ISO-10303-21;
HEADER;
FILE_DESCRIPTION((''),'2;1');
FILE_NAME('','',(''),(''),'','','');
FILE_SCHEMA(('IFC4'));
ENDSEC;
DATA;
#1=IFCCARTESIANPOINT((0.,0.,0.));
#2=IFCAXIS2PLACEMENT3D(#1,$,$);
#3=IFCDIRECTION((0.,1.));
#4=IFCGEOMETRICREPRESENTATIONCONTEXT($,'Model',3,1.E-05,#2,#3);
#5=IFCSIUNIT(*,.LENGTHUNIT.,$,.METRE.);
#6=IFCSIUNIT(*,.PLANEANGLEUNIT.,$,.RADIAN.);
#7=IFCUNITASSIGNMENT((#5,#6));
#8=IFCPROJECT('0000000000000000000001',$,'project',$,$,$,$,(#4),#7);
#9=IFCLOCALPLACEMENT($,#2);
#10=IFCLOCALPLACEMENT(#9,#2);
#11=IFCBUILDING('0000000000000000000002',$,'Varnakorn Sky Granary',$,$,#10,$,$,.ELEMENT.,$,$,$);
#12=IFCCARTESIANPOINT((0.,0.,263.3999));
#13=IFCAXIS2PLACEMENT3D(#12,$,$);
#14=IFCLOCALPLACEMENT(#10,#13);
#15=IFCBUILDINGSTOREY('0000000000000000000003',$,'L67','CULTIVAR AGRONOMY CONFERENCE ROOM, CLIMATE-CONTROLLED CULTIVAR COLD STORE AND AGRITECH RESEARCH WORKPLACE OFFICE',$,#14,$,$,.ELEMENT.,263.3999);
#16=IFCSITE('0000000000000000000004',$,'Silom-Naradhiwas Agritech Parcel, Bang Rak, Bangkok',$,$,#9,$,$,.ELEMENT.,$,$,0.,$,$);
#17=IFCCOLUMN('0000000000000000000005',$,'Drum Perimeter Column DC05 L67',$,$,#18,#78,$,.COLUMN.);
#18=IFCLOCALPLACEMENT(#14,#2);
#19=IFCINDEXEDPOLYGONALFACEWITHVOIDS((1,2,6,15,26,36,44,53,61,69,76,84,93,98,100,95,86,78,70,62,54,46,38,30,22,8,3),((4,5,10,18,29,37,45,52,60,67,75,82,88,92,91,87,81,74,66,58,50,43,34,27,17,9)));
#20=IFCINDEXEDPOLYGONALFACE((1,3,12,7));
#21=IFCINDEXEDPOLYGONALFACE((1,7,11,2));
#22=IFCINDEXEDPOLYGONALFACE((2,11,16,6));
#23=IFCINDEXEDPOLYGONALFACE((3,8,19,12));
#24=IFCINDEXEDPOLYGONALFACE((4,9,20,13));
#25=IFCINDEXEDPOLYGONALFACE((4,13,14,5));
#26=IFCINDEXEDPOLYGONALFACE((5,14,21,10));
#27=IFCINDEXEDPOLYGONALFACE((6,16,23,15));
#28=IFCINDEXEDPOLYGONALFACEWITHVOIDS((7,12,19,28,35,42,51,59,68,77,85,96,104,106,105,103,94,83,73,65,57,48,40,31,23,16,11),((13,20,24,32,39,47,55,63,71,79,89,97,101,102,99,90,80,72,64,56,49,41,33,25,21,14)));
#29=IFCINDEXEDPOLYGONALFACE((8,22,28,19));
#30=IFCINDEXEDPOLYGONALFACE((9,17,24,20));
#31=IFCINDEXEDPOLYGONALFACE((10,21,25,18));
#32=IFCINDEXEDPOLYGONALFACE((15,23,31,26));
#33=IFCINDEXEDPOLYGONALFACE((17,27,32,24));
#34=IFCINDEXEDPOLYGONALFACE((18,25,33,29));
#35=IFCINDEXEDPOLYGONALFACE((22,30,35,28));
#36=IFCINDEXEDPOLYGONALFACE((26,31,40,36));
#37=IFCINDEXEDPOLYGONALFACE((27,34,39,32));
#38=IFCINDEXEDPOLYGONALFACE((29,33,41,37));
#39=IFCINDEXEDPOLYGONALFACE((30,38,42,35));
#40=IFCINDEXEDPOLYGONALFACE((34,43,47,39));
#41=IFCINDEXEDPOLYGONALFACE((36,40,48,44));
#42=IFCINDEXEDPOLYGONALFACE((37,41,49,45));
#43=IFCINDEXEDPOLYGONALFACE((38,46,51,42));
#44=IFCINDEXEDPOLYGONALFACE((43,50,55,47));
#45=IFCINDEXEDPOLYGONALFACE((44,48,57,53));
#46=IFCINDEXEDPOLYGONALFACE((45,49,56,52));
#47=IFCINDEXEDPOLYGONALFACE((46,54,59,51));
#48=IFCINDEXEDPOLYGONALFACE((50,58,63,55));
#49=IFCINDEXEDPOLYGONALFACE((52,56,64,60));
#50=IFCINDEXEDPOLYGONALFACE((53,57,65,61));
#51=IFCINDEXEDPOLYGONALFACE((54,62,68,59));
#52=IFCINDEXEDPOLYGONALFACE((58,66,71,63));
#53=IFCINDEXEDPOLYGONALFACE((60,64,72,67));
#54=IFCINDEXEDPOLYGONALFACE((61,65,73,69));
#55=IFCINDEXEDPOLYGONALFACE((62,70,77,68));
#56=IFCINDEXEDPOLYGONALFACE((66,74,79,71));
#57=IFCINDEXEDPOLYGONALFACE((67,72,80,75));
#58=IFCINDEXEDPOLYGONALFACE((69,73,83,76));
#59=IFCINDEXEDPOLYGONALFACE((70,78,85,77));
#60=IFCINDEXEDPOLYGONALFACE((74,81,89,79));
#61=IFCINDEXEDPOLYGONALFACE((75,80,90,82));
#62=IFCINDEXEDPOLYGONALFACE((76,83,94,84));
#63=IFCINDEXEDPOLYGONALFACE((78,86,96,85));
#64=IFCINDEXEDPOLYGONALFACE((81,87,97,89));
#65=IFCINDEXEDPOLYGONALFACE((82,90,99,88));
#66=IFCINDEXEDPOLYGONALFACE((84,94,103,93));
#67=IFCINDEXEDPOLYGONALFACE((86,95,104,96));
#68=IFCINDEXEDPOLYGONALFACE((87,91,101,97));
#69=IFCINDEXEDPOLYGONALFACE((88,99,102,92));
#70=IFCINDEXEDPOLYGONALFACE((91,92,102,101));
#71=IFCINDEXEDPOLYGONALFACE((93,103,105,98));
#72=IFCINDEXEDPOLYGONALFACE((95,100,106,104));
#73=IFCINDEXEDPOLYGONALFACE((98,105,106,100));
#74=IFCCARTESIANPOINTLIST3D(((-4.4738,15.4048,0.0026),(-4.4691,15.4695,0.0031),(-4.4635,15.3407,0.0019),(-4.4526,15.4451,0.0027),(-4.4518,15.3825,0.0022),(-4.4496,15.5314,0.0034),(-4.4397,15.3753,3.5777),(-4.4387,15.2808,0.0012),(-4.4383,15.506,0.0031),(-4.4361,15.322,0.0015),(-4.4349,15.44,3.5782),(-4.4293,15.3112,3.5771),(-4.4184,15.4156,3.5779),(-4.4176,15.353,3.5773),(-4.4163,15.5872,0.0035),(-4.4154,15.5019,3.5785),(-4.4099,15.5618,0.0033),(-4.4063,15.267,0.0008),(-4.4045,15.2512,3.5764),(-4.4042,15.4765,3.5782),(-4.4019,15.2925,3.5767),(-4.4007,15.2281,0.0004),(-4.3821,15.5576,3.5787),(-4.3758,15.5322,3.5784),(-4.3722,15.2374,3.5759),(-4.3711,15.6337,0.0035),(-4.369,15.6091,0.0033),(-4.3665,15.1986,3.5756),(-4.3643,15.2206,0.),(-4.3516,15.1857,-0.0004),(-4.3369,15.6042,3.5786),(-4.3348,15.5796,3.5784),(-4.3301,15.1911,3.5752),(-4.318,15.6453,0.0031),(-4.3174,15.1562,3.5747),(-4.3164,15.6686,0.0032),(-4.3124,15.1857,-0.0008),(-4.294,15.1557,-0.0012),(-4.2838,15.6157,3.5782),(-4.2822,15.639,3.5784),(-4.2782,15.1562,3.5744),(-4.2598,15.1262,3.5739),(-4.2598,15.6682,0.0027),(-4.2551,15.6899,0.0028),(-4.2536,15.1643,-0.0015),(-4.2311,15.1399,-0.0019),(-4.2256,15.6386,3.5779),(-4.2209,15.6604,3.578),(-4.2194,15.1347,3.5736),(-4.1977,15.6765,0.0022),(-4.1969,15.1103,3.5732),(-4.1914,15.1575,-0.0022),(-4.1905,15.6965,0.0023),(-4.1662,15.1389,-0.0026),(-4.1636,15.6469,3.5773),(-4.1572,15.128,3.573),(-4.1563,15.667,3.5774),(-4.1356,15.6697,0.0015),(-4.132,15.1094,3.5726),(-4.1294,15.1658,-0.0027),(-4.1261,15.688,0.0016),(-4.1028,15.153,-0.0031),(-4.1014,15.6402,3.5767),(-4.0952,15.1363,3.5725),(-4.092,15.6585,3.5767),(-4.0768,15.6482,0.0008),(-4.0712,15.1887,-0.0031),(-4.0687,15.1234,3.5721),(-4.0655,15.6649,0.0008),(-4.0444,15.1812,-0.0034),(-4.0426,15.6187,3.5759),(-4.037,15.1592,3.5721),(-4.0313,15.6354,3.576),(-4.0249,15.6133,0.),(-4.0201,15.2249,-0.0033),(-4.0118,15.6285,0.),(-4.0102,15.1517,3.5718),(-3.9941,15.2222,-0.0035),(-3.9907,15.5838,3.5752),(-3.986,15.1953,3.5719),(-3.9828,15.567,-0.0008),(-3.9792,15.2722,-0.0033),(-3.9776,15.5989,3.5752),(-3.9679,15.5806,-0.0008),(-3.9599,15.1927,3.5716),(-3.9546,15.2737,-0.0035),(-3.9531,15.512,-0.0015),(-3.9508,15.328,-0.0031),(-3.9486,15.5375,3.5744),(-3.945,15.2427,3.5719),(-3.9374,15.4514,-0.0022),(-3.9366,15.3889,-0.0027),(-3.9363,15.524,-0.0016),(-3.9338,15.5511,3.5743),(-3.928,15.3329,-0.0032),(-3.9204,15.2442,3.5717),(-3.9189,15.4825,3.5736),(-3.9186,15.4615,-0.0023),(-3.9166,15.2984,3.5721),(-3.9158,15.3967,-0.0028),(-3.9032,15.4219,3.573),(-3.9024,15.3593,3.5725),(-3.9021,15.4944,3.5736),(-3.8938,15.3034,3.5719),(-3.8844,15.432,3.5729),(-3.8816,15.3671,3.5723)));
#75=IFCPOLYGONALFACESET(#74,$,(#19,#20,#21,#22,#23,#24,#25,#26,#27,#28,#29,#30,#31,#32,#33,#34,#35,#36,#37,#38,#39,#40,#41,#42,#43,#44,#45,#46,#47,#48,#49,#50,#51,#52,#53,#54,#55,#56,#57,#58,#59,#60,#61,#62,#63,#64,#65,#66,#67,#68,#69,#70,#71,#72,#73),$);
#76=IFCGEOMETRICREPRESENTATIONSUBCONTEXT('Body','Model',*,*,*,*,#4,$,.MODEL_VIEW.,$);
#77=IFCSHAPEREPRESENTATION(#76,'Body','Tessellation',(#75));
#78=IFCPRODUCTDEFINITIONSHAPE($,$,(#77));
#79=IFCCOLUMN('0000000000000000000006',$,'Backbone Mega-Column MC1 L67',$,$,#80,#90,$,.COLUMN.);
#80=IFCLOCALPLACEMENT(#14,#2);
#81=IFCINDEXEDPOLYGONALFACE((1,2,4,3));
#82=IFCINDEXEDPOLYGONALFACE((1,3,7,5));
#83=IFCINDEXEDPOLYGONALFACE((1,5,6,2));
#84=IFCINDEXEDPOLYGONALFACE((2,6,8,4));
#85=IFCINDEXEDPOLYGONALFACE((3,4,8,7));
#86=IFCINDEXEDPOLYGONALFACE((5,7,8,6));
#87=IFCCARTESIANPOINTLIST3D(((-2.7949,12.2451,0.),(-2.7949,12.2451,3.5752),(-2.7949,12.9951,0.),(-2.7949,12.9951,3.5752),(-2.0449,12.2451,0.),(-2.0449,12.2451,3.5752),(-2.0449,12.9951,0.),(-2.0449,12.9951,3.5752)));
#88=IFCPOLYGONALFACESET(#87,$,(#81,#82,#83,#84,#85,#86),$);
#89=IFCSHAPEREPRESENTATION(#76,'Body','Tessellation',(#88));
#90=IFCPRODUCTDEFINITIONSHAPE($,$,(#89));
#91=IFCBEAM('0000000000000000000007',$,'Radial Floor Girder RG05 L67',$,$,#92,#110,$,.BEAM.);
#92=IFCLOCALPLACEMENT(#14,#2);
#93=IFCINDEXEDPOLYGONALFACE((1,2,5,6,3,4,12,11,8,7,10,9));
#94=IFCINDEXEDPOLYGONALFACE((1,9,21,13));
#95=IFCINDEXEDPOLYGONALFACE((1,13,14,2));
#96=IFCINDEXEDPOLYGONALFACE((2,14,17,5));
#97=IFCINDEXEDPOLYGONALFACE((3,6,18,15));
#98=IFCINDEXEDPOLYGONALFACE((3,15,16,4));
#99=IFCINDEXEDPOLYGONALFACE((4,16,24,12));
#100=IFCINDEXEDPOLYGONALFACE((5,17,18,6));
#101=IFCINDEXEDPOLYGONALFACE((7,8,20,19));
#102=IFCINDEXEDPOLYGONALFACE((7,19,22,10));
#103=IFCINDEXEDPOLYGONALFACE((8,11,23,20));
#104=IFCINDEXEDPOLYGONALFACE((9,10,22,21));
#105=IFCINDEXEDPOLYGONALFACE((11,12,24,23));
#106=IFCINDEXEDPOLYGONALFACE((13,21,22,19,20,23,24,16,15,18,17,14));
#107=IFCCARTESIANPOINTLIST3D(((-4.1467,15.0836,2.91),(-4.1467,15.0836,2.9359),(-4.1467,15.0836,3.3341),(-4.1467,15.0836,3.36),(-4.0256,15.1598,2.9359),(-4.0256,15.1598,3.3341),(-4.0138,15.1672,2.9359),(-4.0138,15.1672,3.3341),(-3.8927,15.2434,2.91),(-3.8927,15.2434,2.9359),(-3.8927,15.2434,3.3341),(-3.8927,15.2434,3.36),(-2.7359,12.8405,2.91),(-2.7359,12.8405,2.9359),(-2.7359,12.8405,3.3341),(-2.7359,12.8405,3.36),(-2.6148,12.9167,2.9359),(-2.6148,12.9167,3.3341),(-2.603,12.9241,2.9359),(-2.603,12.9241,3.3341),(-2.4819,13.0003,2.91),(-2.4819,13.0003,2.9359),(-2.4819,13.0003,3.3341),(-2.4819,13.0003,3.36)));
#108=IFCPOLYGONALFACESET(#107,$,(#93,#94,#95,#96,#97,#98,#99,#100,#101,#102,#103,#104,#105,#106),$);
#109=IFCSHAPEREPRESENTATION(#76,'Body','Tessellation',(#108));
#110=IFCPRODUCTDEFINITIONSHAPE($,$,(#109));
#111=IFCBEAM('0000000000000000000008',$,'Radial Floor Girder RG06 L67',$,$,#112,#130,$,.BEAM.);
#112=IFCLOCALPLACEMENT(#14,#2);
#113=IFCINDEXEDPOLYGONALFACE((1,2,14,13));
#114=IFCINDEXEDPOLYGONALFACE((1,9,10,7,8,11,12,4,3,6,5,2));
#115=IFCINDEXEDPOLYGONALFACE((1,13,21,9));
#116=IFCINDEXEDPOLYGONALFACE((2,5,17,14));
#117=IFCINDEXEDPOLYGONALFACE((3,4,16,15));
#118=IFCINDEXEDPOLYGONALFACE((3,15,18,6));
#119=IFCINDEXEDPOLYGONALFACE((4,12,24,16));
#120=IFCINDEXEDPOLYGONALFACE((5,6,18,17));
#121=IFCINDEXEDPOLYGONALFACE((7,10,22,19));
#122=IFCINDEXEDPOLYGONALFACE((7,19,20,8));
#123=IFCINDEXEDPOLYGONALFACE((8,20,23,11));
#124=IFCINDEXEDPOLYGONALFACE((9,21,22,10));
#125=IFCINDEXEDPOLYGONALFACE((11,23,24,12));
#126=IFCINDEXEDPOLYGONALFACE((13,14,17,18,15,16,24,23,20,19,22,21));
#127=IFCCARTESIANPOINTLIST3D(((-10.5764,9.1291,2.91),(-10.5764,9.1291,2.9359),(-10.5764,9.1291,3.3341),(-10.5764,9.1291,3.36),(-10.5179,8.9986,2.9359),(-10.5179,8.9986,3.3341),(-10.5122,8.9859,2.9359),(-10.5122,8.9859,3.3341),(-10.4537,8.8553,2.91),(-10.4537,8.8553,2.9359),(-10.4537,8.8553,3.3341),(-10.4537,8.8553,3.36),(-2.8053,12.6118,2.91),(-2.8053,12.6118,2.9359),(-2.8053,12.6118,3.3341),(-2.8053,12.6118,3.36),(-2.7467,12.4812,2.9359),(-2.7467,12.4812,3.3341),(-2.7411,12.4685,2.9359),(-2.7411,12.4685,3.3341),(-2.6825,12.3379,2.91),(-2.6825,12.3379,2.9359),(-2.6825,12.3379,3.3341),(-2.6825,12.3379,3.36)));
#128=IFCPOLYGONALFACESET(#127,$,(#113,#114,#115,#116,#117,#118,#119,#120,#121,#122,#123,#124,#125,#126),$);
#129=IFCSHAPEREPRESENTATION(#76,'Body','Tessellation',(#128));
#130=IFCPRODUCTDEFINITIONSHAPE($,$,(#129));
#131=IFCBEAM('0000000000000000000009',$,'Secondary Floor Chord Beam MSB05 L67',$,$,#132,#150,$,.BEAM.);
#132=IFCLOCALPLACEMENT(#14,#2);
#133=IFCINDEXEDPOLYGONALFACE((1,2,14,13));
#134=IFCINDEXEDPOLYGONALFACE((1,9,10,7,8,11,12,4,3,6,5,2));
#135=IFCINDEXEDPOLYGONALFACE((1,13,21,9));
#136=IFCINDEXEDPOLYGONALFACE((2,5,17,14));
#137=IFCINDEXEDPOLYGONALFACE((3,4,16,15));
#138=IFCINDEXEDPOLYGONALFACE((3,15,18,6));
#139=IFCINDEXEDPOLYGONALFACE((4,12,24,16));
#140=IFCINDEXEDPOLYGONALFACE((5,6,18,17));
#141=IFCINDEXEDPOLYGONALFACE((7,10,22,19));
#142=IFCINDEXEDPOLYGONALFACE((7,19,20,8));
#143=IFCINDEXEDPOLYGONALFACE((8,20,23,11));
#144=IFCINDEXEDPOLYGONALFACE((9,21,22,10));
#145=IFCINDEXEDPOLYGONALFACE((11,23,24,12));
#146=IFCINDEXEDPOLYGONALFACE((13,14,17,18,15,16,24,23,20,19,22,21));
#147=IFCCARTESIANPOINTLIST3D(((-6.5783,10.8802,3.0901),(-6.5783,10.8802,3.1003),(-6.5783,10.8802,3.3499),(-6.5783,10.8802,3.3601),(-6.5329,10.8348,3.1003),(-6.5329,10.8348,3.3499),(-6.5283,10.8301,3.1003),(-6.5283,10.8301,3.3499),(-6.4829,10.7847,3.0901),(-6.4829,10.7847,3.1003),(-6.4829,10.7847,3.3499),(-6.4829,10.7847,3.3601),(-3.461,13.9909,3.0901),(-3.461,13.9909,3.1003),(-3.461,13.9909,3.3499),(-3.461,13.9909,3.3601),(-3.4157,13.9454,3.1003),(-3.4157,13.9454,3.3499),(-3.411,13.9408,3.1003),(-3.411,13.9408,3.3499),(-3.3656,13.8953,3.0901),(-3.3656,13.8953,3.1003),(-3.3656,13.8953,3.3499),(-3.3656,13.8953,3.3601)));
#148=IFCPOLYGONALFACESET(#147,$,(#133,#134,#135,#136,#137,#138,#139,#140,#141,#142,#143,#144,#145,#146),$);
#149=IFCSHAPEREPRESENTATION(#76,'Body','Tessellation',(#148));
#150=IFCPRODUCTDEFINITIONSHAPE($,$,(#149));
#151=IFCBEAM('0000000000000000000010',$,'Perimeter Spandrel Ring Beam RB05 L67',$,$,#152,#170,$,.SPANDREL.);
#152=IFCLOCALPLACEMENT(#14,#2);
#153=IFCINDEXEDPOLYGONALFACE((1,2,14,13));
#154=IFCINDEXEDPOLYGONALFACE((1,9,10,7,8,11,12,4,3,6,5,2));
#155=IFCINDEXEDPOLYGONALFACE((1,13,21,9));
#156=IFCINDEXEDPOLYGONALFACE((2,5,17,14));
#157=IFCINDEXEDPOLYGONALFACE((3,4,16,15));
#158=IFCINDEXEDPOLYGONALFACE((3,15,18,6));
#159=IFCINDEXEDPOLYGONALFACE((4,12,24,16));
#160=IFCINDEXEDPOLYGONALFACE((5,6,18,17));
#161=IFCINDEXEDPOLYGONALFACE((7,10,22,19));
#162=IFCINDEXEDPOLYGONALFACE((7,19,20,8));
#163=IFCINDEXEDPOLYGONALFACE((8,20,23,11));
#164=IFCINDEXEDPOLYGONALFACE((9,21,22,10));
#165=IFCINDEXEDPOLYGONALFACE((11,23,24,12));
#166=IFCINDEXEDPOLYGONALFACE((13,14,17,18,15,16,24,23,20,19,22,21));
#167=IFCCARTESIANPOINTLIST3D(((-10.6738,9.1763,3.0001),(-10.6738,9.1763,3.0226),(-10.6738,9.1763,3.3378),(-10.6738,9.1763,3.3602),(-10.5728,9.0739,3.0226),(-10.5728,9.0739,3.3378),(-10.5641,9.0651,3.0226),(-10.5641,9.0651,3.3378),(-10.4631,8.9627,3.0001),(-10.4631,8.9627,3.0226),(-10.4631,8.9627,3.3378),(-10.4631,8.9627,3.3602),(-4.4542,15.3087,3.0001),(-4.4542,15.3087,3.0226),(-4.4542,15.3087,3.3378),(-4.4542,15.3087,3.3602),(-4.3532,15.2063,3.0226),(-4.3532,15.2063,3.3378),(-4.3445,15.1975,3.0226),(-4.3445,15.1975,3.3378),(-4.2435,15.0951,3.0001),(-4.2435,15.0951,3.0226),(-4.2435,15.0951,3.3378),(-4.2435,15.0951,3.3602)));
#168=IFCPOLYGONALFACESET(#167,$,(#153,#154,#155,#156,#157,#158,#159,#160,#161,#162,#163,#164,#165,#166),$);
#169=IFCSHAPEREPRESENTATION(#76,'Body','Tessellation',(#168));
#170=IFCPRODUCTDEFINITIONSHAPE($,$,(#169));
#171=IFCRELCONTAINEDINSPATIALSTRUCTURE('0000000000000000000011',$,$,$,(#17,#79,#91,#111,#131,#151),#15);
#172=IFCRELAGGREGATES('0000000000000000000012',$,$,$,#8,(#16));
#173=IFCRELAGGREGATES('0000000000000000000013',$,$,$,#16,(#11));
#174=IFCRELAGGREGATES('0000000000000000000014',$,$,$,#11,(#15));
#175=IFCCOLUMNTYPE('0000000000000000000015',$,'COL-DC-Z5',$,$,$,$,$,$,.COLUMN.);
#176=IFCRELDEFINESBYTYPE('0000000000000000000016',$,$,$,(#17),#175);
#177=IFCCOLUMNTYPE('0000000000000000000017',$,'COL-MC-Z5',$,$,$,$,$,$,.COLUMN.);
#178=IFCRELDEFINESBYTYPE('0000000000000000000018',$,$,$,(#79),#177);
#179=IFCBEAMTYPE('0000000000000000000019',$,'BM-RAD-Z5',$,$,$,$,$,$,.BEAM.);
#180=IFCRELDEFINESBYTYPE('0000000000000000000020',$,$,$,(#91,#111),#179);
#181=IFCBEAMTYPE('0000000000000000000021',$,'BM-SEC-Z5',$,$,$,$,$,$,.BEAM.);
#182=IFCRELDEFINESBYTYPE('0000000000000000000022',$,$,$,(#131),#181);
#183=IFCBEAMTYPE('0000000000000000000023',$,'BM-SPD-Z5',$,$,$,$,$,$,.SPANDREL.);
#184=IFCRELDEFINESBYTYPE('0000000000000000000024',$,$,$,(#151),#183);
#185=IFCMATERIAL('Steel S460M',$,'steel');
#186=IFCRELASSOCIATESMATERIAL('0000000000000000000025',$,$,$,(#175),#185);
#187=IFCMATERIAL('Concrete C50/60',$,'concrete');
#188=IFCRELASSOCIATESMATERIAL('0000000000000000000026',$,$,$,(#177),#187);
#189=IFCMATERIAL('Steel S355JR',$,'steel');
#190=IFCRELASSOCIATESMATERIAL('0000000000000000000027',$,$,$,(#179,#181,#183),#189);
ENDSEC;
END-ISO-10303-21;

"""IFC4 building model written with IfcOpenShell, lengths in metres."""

from ifc_helpers import new_model, si_unit, direction, frame, origin, origin_2d, place, context, subcontext, project, spatial, rectangle, hollow_circle, i_section, extrude, material, material_profile, profile_set, type_object, element, save


model = new_model("IFC4")

# Units and contexts
model_context = context("Model", 3, precision=1e-05, world=origin(), true_north=direction((0.0, 1.0)))
body_context = subcontext(model_context, "Body", "Model", "MODEL_VIEW")
ifc_project = project(units=[si_unit("LENGTHUNIT", "METRE"), si_unit("PLANEANGLEUNIT", "RADIAN")], contexts=[model_context])

# Site, building, storey
site_placement = place(None, origin())
site = spatial("IfcSite", under=ifc_project, at=site_placement, Name="Silom-Naradhiwas Agritech Parcel, Bang Rak, Bangkok", CompositionType="ELEMENT", RefElevation=0.0)
building_placement = place(site_placement, origin())
building = spatial("IfcBuilding", under=site, at=building_placement, Name="Varnakorn Sky Granary", CompositionType="ELEMENT")
storey_placement = place(building_placement, frame((0.0, 0.0, 263.3999)))
storey = spatial("IfcBuildingStorey", under=building, at=storey_placement, Name="L67", Description="CULTIVAR AGRONOMY CONFERENCE ROOM, CLIMATE-CONTROLLED CULTIVAR COLD STORE AND AGRITECH RESEARCH WORKPLACE OFFICE", CompositionType="ELEMENT", Elevation=263.3999)

# Columns
ifc_material_1 = material(Name="Steel S460M", Category="steel")
ifc_material_profile_1 = material_profile(ifc_material_1, hollow_circle(Radius=0.2795, WallThickness=0.02, at=origin_2d()), Name="CHS 559x20")
ifc_profile_set_1 = profile_set([ifc_material_profile_1], Name="Steel S460M")
column_type_1 = type_object("IfcColumnType", Name="COL-DC-Z5", PredefinedType="COLUMN", material=ifc_profile_set_1)
column_1_placement = place(storey_placement, frame((-4.1946, 15.417, 0.0), z_axis=(0.009559, -0.008262, 0.99992), x_axis=(0.653901, 0.75658, 0.0)))
element("IfcColumn", 1, at=column_1_placement, inside=storey, type_object=column_type_1, Name="Drum Perimeter Column DC05 L67", PredefinedType="COLUMN", context=body_context, shape_type="SweptSolid", body=[
    extrude(hollow_circle(Radius=0.2795, WallThickness=0.02, at=origin_2d()), origin(), (0.0, 0.0, 1.0), 3.5754),
])
ifc_material_2 = material(Name="Concrete C50/60", Category="concrete")
ifc_material_profile_2 = material_profile(ifc_material_2, rectangle(XDim=0.75, YDim=0.75, at=origin_2d()), Name="RC 750x750")
ifc_profile_set_2 = profile_set([ifc_material_profile_2], Name="Concrete C50/60")
column_type_2 = type_object("IfcColumnType", Name="COL-MC-Z5", PredefinedType="COLUMN", material=ifc_profile_set_2)
column_2_placement = place(storey_placement, frame((-2.4199, 12.6201, 0.0), z_axis=(0.0, 0.0, 1.0), x_axis=(1.0, 0.0, 0.0)))
element("IfcColumn", 2, at=column_2_placement, inside=storey, type_object=column_type_2, Name="Backbone Mega-Column MC1 L67", PredefinedType="COLUMN", context=body_context, shape_type="SweptSolid", body=[
    extrude(rectangle(XDim=0.75, YDim=0.75, at=origin_2d()), origin(), (0.0, 0.0, 1.0), 3.5752),
])

# Beams
ifc_material_3 = material(Name="Steel S355JR", Category="steel")
ifc_material_profile_3 = material_profile(ifc_material_3, i_section(OverallWidth=0.3, OverallDepth=0.45, WebThickness=0.0139, FlangeThickness=0.0259, at=origin_2d()), Name="HE 450 B")
ifc_profile_set_3 = profile_set([ifc_material_profile_3], Name="Steel S355JR")
beam_type_1 = type_object("IfcBeamType", Name="BM-RAD-Z5", PredefinedType="BEAM", material=ifc_profile_set_3)
beam_1_placement = place(storey_placement, frame((-2.6089, 12.9204, 3.135), z_axis=(-0.532415, 0.846484, 0.0), x_axis=(-0.846484, -0.532415, 0.0)))
element("IfcBeam", 3, at=beam_1_placement, inside=storey, type_object=beam_type_1, Name="Radial Floor Girder RG05 L67", PredefinedType="BEAM", context=body_context, shape_type="SweptSolid", body=[
    extrude(i_section(OverallWidth=0.3, OverallDepth=0.45, WebThickness=0.0139, FlangeThickness=0.0259, at=origin_2d()), origin(), (0.0, 0.0, 1.0), 2.6499),
])
beam_2_placement = place(storey_placement, frame((-2.7439, 12.4749, 3.135), z_axis=(-0.912553, -0.408959, 0.0), x_axis=(0.408959, -0.912553, 0.0)))
element("IfcBeam", 4, at=beam_2_placement, inside=storey, type_object=beam_type_1, Name="Radial Floor Girder RG06 L67", PredefinedType="BEAM", context=body_context, shape_type="SweptSolid", body=[
    extrude(i_section(OverallWidth=0.3, OverallDepth=0.45, WebThickness=0.0139, FlangeThickness=0.0259, at=origin_2d()), origin(), (0.0, 0.0, 1.0), 8.5159),
])
ifc_material_profile_4 = material_profile(ifc_material_3, i_section(OverallWidth=0.135, OverallDepth=0.27, WebThickness=0.0066, FlangeThickness=0.0103, at=origin_2d()), Name="IPE 270")
ifc_profile_set_4 = profile_set([ifc_material_profile_4], Name="Steel S355JR")
beam_type_2 = type_object("IfcBeamType", Name="BM-SEC-Z5", PredefinedType="BEAM", material=ifc_profile_set_4)
beam_3_placement = place(storey_placement, frame((-3.4133, 13.9431, 3.2251), z_axis=(-0.707855, -0.706358, 0.0), x_axis=(0.706358, -0.707855, 0.0)))
element("IfcBeam", 5, at=beam_3_placement, inside=storey, type_object=beam_type_2, Name="Secondary Floor Chord Beam MSB05 L67", PredefinedType="BEAM", context=body_context, shape_type="SweptSolid", body=[
    extrude(i_section(OverallWidth=0.135, OverallDepth=0.27, WebThickness=0.0066, FlangeThickness=0.0103, at=origin_2d()), origin(), (0.0, 0.0, 1.0), 4.4038),
])
ifc_material_profile_5 = material_profile(ifc_material_3, i_section(OverallWidth=0.3, OverallDepth=0.3601, WebThickness=0.0125, FlangeThickness=0.0225, at=origin_2d()), Name="HE 360 B")
ifc_profile_set_5 = profile_set([ifc_material_profile_5], Name="Steel S355JR")
beam_type_3 = type_object("IfcBeamType", Name="BM-SPD-Z5", PredefinedType="SPANDREL", material=ifc_profile_set_5)
beam_4_placement = place(storey_placement, frame((-4.3489, 15.2019, 3.1802), z_axis=(-0.712079, -0.7021, 0.0), x_axis=(0.7021, -0.712079, 0.0)))
element("IfcBeam", 6, at=beam_4_placement, inside=storey, type_object=beam_type_3, Name="Perimeter Spandrel Ring Beam RB05 L67", PredefinedType="SPANDREL", context=body_context, shape_type="SweptSolid", body=[
    extrude(i_section(OverallWidth=0.3, OverallDepth=0.3601, WebThickness=0.0125, FlangeThickness=0.0225, at=origin_2d()), origin(), (0.0, 0.0, 1.0), 8.7344),
])

save(model, "model.ifc")
